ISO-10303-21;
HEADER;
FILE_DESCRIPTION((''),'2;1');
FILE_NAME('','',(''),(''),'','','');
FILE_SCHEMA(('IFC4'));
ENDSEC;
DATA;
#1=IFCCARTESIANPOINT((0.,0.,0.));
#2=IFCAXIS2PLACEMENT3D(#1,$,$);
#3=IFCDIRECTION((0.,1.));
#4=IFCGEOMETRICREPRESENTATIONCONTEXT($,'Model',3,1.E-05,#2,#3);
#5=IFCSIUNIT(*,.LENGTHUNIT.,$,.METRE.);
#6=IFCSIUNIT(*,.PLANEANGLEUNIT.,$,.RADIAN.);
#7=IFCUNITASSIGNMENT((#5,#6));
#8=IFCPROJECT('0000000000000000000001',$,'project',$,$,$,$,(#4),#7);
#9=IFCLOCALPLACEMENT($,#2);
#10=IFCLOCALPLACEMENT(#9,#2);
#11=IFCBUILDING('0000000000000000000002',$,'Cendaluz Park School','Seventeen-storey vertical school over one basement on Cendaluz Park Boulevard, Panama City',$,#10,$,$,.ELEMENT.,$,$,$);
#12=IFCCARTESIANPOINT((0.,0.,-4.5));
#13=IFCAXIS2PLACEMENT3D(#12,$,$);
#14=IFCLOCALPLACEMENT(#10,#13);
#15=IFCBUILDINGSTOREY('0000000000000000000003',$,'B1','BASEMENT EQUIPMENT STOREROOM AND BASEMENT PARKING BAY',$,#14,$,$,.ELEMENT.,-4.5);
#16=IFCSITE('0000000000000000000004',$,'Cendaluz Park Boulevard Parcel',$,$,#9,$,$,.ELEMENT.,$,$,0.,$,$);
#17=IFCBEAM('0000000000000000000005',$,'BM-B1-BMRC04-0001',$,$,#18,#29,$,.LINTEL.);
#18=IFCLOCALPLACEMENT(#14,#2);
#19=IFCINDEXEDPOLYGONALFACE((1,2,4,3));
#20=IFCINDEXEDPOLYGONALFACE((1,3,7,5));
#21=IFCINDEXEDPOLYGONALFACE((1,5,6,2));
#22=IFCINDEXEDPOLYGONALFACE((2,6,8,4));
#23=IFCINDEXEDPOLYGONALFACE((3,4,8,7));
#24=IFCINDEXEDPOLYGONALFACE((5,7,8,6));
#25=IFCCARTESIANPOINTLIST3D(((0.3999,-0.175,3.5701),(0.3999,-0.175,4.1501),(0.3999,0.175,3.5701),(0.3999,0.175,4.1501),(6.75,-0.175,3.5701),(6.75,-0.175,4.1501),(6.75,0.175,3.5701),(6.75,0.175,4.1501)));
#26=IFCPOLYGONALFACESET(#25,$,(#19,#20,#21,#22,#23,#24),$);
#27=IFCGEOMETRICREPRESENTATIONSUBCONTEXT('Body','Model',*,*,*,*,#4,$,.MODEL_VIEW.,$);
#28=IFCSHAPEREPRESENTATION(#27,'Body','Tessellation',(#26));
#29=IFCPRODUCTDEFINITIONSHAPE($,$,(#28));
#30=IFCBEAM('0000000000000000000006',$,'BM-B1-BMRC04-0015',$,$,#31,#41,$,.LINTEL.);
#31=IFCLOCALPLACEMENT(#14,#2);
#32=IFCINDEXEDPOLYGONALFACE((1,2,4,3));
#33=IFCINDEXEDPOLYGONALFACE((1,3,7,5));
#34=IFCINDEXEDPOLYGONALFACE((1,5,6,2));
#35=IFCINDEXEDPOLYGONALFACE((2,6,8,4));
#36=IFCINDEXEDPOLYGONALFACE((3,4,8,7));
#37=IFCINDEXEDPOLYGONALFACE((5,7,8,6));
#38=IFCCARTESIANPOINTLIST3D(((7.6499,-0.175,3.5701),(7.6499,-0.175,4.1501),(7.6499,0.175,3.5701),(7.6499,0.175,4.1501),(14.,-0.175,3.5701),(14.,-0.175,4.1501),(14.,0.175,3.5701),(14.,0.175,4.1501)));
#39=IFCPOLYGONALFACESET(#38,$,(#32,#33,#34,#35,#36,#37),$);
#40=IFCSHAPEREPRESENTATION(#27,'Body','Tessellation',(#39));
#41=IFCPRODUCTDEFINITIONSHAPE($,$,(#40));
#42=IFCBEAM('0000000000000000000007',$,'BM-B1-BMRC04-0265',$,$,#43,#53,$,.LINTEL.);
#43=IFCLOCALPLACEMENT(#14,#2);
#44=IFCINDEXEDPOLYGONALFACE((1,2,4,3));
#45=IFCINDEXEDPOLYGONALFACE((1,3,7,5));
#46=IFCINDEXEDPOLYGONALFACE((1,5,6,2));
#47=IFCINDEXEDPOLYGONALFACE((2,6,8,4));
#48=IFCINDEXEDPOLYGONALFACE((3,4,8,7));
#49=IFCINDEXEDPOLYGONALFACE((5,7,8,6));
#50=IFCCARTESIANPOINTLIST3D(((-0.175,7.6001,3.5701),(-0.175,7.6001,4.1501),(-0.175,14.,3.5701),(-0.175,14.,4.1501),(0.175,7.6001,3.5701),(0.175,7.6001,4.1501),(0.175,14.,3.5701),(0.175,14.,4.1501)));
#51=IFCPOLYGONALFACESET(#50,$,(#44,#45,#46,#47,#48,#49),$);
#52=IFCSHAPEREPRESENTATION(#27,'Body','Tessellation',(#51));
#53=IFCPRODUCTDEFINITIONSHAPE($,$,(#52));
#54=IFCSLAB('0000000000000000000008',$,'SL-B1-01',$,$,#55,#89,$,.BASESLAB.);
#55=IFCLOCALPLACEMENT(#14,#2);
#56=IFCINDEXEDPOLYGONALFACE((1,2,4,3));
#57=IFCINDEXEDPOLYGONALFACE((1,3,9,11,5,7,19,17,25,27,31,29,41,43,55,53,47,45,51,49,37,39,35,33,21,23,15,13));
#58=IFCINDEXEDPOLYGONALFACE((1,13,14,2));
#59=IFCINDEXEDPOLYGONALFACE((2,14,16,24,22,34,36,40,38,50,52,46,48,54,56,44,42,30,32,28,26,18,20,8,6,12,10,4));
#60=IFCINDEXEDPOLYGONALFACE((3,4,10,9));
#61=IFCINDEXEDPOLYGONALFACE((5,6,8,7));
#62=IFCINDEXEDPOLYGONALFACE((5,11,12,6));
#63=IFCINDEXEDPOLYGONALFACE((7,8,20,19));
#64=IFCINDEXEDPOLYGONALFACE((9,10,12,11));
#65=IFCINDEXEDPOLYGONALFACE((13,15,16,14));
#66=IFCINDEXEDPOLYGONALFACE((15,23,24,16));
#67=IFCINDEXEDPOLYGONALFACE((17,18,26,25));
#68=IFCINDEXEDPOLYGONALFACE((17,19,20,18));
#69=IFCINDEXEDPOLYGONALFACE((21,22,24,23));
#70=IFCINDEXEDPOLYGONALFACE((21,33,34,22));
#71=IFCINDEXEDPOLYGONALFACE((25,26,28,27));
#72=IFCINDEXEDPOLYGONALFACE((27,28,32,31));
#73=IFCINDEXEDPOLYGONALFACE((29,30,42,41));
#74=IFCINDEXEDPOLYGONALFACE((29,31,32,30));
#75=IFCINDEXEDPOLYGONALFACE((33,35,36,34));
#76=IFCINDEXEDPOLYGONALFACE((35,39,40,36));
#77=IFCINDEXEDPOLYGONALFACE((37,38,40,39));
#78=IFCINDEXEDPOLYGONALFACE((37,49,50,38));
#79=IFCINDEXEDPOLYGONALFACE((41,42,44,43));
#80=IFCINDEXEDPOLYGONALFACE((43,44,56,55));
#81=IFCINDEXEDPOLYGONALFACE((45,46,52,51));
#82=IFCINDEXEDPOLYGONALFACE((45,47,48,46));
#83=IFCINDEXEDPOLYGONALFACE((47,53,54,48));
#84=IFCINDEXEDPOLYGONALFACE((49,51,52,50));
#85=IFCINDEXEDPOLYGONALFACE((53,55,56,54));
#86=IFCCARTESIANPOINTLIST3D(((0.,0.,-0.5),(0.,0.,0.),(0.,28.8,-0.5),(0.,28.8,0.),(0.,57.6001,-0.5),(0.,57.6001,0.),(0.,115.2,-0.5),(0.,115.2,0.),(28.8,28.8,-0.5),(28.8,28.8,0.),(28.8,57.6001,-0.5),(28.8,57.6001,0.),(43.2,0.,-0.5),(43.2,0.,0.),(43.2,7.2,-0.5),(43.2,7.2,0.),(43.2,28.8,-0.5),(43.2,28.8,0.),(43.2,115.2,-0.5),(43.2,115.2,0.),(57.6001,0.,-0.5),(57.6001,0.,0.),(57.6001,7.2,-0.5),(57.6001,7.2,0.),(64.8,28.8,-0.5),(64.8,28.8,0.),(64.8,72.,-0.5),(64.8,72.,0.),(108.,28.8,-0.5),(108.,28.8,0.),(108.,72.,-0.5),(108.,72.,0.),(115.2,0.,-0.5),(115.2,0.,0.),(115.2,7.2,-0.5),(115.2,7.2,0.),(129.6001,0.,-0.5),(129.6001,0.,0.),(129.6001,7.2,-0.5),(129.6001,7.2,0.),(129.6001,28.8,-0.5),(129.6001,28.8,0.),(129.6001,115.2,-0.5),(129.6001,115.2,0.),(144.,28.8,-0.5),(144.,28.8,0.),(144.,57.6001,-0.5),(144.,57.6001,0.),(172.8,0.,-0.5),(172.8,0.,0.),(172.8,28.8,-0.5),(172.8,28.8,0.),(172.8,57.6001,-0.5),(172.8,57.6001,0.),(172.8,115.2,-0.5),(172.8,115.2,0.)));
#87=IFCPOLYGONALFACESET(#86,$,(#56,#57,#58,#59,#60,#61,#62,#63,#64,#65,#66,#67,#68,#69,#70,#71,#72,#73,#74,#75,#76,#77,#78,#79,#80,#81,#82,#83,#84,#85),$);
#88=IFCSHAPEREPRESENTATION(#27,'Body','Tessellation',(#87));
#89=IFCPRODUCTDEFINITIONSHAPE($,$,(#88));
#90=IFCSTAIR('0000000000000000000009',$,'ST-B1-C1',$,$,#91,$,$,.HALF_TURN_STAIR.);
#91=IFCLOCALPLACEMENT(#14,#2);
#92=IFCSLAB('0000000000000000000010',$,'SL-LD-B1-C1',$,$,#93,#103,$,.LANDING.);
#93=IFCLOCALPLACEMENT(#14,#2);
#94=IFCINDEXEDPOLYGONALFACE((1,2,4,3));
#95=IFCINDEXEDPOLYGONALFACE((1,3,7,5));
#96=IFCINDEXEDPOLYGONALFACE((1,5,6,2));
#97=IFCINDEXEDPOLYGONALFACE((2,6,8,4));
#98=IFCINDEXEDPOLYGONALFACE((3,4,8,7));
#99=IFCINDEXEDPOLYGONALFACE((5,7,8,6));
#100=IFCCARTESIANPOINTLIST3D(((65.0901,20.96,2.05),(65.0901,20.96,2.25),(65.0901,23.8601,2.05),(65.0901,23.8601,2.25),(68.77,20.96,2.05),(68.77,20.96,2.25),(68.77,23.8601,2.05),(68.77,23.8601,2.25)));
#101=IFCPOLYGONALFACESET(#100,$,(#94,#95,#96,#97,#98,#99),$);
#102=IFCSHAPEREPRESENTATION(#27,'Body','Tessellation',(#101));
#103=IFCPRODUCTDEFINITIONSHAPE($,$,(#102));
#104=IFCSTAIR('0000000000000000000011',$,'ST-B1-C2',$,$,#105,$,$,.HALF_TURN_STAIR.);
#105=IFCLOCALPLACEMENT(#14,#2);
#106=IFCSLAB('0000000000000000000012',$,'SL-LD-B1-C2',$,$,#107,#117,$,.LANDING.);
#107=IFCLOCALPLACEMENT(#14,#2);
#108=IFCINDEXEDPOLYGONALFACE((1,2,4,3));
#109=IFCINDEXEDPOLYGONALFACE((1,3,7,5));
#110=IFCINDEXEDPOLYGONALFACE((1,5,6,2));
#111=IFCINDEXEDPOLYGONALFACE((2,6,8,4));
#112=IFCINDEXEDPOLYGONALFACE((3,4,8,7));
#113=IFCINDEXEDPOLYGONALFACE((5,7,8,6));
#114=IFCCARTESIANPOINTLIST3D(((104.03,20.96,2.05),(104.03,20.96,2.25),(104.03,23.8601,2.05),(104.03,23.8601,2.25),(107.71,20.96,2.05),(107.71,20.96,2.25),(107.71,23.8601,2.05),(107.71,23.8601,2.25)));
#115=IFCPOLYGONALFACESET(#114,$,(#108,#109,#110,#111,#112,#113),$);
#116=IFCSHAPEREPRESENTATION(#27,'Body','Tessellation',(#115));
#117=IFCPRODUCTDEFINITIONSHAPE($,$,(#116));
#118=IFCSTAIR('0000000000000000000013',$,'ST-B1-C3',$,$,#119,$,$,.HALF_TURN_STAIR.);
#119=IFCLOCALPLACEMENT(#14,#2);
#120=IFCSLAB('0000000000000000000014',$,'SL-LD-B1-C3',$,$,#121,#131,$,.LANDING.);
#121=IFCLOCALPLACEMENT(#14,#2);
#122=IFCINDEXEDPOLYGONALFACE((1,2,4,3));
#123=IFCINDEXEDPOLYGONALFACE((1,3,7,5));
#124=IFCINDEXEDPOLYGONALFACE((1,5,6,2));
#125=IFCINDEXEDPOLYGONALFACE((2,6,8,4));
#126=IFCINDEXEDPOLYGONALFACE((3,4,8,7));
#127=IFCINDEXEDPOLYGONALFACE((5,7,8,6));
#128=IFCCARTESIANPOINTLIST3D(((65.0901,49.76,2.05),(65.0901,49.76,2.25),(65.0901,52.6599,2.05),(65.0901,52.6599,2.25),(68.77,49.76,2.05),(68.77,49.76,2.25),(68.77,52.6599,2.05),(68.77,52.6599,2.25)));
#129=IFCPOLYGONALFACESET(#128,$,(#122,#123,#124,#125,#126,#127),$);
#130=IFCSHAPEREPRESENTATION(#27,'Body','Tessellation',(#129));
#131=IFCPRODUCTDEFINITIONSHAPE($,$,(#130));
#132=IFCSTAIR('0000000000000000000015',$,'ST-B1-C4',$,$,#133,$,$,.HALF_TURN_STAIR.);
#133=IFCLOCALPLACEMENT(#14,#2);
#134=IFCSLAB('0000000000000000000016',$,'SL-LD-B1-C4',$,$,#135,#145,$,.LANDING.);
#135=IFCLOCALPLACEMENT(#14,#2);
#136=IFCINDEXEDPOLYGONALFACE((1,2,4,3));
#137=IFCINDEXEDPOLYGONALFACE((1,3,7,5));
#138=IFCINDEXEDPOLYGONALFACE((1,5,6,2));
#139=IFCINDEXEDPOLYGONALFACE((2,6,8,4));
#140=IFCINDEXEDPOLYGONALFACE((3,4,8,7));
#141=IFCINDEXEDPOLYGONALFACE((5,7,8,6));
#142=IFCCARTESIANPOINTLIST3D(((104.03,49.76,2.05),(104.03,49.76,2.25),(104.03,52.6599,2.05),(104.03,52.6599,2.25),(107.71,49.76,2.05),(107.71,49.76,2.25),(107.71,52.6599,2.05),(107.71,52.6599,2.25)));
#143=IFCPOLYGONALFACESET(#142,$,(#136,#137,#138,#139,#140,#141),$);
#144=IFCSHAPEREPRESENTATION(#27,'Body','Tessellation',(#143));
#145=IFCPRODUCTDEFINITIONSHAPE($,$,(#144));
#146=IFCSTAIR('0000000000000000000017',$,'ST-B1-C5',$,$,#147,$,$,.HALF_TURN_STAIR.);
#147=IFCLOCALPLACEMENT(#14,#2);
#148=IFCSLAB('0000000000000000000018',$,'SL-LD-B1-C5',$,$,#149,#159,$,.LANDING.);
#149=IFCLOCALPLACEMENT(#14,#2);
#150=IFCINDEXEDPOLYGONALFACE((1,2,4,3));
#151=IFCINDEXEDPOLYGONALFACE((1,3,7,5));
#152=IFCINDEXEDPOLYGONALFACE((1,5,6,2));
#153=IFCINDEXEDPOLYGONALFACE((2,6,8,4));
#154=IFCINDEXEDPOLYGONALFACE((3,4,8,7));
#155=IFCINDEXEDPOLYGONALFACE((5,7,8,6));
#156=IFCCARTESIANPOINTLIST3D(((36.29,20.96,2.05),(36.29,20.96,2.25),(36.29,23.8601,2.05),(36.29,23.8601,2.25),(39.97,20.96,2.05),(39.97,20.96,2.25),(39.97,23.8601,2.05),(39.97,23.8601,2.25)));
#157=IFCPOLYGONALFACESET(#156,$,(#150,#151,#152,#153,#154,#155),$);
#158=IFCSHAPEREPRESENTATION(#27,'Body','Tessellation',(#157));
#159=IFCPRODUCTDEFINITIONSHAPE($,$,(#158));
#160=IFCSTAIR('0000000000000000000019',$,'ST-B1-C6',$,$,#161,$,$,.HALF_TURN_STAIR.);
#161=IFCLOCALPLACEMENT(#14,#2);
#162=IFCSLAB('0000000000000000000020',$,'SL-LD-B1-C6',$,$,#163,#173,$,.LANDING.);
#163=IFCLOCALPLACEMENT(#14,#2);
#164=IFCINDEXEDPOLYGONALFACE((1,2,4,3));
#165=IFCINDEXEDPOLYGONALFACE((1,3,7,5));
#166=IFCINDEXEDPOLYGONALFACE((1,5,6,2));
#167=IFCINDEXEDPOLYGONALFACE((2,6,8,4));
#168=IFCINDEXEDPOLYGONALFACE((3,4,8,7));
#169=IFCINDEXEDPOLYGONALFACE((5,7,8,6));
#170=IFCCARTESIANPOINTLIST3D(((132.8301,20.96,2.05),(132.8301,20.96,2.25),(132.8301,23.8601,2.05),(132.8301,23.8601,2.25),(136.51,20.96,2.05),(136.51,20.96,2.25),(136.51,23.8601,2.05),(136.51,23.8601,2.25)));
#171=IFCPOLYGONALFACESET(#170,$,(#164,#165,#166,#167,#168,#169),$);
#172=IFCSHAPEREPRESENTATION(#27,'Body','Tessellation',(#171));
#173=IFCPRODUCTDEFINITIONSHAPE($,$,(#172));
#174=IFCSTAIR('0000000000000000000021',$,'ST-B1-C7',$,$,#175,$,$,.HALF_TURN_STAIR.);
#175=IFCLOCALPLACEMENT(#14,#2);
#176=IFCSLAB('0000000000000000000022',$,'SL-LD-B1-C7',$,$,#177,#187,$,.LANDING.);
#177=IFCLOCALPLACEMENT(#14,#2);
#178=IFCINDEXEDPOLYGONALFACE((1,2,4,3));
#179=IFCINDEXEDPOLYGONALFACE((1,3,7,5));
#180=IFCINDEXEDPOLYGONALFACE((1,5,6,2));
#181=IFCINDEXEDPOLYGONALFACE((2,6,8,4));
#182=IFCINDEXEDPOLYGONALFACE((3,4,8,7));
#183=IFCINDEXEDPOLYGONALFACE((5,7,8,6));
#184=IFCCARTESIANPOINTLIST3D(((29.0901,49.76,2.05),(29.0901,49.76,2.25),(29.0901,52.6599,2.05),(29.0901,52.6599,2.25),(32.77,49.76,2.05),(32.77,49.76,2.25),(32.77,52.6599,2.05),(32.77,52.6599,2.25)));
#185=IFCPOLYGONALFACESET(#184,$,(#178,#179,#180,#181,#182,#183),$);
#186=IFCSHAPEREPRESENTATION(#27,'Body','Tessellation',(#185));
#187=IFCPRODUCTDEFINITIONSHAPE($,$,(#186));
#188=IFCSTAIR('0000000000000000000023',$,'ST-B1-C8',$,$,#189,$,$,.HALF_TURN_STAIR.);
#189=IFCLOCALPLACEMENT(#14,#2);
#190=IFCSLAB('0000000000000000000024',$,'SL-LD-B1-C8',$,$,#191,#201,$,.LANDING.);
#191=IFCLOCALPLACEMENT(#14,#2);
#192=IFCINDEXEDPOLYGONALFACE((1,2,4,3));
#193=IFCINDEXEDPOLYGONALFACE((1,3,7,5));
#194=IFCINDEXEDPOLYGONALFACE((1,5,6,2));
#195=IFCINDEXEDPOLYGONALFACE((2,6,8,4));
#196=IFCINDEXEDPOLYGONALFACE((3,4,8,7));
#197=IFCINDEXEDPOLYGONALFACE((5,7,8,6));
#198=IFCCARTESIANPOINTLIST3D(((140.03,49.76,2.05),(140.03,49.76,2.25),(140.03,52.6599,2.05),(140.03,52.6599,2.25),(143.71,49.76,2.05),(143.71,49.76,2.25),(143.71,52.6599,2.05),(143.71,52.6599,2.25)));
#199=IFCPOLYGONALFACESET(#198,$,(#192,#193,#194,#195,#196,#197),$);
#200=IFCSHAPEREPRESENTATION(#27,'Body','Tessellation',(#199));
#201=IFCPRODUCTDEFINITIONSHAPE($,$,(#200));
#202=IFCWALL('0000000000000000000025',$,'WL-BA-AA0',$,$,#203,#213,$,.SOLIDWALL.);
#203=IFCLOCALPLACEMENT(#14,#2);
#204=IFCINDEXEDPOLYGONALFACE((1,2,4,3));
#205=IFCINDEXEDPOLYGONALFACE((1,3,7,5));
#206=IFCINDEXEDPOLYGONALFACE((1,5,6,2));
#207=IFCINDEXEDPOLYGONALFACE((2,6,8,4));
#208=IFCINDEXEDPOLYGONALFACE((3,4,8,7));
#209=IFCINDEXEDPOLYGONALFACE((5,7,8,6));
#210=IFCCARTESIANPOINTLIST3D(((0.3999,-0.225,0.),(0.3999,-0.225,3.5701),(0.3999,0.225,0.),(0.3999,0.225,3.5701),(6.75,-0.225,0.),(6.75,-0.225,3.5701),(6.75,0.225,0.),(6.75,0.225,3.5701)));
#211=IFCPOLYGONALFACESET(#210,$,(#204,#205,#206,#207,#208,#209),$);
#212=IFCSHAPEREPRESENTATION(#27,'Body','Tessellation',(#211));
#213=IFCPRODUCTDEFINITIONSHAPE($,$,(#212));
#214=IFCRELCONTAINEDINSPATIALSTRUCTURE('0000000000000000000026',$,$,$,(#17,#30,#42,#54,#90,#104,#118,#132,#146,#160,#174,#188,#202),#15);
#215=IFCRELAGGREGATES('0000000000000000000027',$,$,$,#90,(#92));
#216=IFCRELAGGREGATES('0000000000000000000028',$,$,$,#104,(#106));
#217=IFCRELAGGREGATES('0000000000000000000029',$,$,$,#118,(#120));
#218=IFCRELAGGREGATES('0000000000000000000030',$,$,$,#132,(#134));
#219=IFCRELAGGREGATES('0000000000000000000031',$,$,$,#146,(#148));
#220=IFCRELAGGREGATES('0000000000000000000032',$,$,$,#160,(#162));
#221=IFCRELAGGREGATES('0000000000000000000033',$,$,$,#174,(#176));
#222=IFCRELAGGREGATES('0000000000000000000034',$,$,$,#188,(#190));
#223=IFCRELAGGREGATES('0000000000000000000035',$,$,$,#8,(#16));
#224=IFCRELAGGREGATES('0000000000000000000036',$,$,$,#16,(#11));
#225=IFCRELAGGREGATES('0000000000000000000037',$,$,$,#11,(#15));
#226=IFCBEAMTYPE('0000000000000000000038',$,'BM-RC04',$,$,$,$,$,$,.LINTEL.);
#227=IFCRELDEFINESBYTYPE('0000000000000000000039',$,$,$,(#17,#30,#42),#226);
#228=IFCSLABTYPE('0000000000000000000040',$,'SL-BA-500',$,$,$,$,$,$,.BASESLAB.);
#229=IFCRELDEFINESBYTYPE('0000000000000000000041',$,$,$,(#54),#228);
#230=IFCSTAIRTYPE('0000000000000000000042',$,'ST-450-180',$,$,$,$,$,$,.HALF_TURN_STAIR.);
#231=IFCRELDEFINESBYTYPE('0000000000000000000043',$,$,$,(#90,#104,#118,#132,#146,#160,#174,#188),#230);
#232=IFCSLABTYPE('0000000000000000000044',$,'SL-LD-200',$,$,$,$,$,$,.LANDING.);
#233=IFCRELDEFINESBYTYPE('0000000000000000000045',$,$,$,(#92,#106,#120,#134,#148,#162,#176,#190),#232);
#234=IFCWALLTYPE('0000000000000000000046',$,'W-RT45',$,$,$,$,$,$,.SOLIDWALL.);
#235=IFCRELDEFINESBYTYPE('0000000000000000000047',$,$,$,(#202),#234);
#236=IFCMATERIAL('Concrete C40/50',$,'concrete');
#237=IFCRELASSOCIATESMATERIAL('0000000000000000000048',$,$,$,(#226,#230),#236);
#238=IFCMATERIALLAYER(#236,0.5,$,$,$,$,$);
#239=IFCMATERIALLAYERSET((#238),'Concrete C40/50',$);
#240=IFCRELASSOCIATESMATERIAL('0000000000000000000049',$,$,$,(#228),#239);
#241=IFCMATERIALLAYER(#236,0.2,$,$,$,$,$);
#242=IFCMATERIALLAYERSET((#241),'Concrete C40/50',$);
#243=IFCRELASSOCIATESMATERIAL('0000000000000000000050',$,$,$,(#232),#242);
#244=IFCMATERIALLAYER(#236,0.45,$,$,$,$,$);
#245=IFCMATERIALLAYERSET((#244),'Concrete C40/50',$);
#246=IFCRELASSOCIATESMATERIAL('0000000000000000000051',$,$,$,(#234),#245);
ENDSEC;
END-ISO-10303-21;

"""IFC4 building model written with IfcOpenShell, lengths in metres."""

from ifc_helpers import new_model, si_unit, direction, frame, frame_2d, origin, origin_2d, place, context, subcontext, project, spatial, polyline, rectangle, outline, extrude, material, layer, layer_set, material_profile, profile_set, type_object, element, aggregate, save


model = new_model("IFC4")

# Units and contexts
model_context = context("Model", 3, precision=1e-05, world=origin(), true_north=direction((0.0, 1.0)))
body_context = subcontext(model_context, "Body", "Model", "MODEL_VIEW")
ifc_project = project(units=[si_unit("LENGTHUNIT", "METRE"), si_unit("PLANEANGLEUNIT", "RADIAN")], contexts=[model_context])

# Site, building, storey
site_placement = place(None, origin())
site = spatial("IfcSite", under=ifc_project, at=site_placement, Name="Cendaluz Park Boulevard Parcel", CompositionType="ELEMENT", RefElevation=0.0)
building_placement = place(site_placement, origin())
building = spatial("IfcBuilding", under=site, at=building_placement, Name="Cendaluz Park School", Description="Seventeen-storey vertical school over one basement on Cendaluz Park Boulevard, Panama City", CompositionType="ELEMENT")
storey_placement = place(building_placement, frame((0.0, 0.0, -4.5)))
storey = spatial("IfcBuildingStorey", under=building, at=storey_placement, Name="B1", Description="BASEMENT EQUIPMENT STOREROOM AND BASEMENT PARKING BAY", CompositionType="ELEMENT", Elevation=-4.5)

# Shared definitions
ifc_material = material(Name="Concrete C40/50", Category="concrete")

# Beams
ifc_material_profile_1 = material_profile(ifc_material, rectangle(XDim=0.3501, YDim=0.5801, at=origin_2d()), Name="RC 350x580", Category="concrete")
ifc_profile_set_1 = profile_set([ifc_material_profile_1], Name="Concrete C40/50")
beam_type_1 = type_object("IfcBeamType", Name="BM-RC04", PredefinedType="LINTEL", material=ifc_profile_set_1)
for number, where, z_axis, x_axis, name in (
    (1, (0.3999, 0.0, 3.8601), (1.0, 0.0, 0.0), (0.0, 1.0, 0.0), "BM-B1-BMRC04-0001"),
    (2, (7.6499, 0.0, 3.8601), (1.0, 0.0, 0.0), (0.0, 1.0, 0.0), "BM-B1-BMRC04-0015"),
):
    element("IfcBeam", number, at=place(storey_placement, frame(where, z_axis=z_axis, x_axis=x_axis)), inside=storey, type_object=beam_type_1, Name=name, PredefinedType="LINTEL", context=body_context, shape_type="SweptSolid", body=[
        extrude(rectangle(XDim=0.3501, YDim=0.5801, at=origin_2d()), origin(), (0.0, 0.0, 1.0), 6.3501),
    ])
beam_1_placement = place(storey_placement, frame((0.0, 7.6001, 3.8601), z_axis=(0.0, 1.0, 0.0), x_axis=(-1.0, 0.0, 0.0)))
element("IfcBeam", 3, at=beam_1_placement, inside=storey, type_object=beam_type_1, Name="BM-B1-BMRC04-0265", PredefinedType="LINTEL", context=body_context, shape_type="SweptSolid", body=[
    extrude(rectangle(XDim=0.3501, YDim=0.5801, at=origin_2d()), origin(), (0.0, 0.0, 1.0), 6.3999),
])

# Slab
ifc_layer_1 = layer(ifc_material, 0.5)
ifc_layer_set_1 = layer_set([ifc_layer_1], Name="Concrete C40/50")
slab_type_1 = type_object("IfcSlabType", Name="SL-BA-500", PredefinedType="BASESLAB", material=ifc_layer_set_1)
slab_1_placement = place(storey_placement, frame((0.0, 0.0, -0.5)))
element("IfcSlab", 4, at=slab_1_placement, inside=storey, type_object=slab_type_1, Name="SL-B1-01", PredefinedType="BASESLAB", context=body_context, shape_type="SweptSolid", body=[
    extrude(outline(polyline([(28.8, 28.8), (28.8, 57.6001), (0.0, 57.6001), (0.0, 115.2), (43.2, 115.2), (43.2, 28.8), (64.8, 28.8), (64.8, 72.0), (108.0, 72.0), (108.0, 28.8), (129.6001, 28.8), (129.6001, 115.2), (172.8, 115.2), (172.8, 57.6001), (144.0, 57.6001), (144.0, 28.8), (172.8, 28.8), (172.8, 0.0), (129.6001, 0.0), (129.6001, 7.2), (115.2, 7.2), (115.2, 0.0), (57.6001, 0.0), (57.6001, 7.2), (43.2, 7.2), (43.2, 0.0), (0.0, 0.0), (0.0, 28.8), (28.8, 28.8)])), origin(), (0.0, 0.0, 1.0), 0.5),
])

# Stairs, slabs
stair_type = type_object("IfcStairType", Name="ST-450-180", PredefinedType="HALF_TURN_STAIR", material=ifc_material)
stair_1_placement = place(storey_placement, origin())
stair_1 = element("IfcStair", 5, at=stair_1_placement, inside=storey, type_object=stair_type, Name="ST-B1-C1", PredefinedType="HALF_TURN_STAIR")
ifc_layer_2 = layer(ifc_material, 0.2)
ifc_layer_set_2 = layer_set([ifc_layer_2], Name="Concrete C40/50")
slab_type_2 = type_object("IfcSlabType", Name="SL-LD-200", PredefinedType="LANDING", material=ifc_layer_set_2)
slab_2_placement = place(storey_placement, frame((0.0, 0.0, 2.05)))
slab_2 = element("IfcSlab", 6, at=slab_2_placement, type_object=slab_type_2, Name="SL-LD-B1-C1", PredefinedType="LANDING", context=body_context, shape_type="SweptSolid", body=[
    extrude(outline(polyline([(65.0901, 20.96), (68.77, 20.96), (68.77, 23.8601), (65.0901, 23.8601), (65.0901, 20.96)])), origin(), (0.0, 0.0, 1.0), 0.2),
])
aggregate(stair_1, [slab_2])
stair_2_placement = place(storey_placement, origin())
stair_2 = element("IfcStair", 7, at=stair_2_placement, inside=storey, type_object=stair_type, Name="ST-B1-C2", PredefinedType="HALF_TURN_STAIR")
slab_3_placement = place(storey_placement, frame((0.0, 0.0, 2.05)))
slab_3 = element("IfcSlab", 8, at=slab_3_placement, type_object=slab_type_2, Name="SL-LD-B1-C2", PredefinedType="LANDING", context=body_context, shape_type="SweptSolid", body=[
    extrude(outline(polyline([(104.03, 20.96), (107.71, 20.96), (107.71, 23.8601), (104.03, 23.8601), (104.03, 20.96)])), origin(), (0.0, 0.0, 1.0), 0.2),
])
aggregate(stair_2, [slab_3])
stair_3_placement = place(storey_placement, origin())
stair_3 = element("IfcStair", 9, at=stair_3_placement, inside=storey, type_object=stair_type, Name="ST-B1-C3", PredefinedType="HALF_TURN_STAIR")
slab_4_placement = place(storey_placement, frame((0.0, 0.0, 2.05)))
slab_4 = element("IfcSlab", 10, at=slab_4_placement, type_object=slab_type_2, Name="SL-LD-B1-C3", PredefinedType="LANDING", context=body_context, shape_type="SweptSolid", body=[
    extrude(outline(polyline([(65.0901, 49.76), (68.77, 49.76), (68.77, 52.6599), (65.0901, 52.6599), (65.0901, 49.76)])), origin(), (0.0, 0.0, 1.0), 0.2),
])
aggregate(stair_3, [slab_4])
stair_4_placement = place(storey_placement, origin())
stair_4 = element("IfcStair", 11, at=stair_4_placement, inside=storey, type_object=stair_type, Name="ST-B1-C4", PredefinedType="HALF_TURN_STAIR")
slab_5_placement = place(storey_placement, frame((0.0, 0.0, 2.05)))
slab_5 = element("IfcSlab", 12, at=slab_5_placement, type_object=slab_type_2, Name="SL-LD-B1-C4", PredefinedType="LANDING", context=body_context, shape_type="SweptSolid", body=[
    extrude(outline(polyline([(104.03, 49.76), (107.71, 49.76), (107.71, 52.6599), (104.03, 52.6599), (104.03, 49.76)])), origin(), (0.0, 0.0, 1.0), 0.2),
])
aggregate(stair_4, [slab_5])
stair_5_placement = place(storey_placement, origin())
stair_5 = element("IfcStair", 13, at=stair_5_placement, inside=storey, type_object=stair_type, Name="ST-B1-C5", PredefinedType="HALF_TURN_STAIR")
slab_6_placement = place(storey_placement, frame((0.0, 0.0, 2.05)))
slab_6 = element("IfcSlab", 14, at=slab_6_placement, type_object=slab_type_2, Name="SL-LD-B1-C5", PredefinedType="LANDING", context=body_context, shape_type="SweptSolid", body=[
    extrude(outline(polyline([(36.29, 20.96), (39.97, 20.96), (39.97, 23.8601), (36.29, 23.8601), (36.29, 20.96)])), origin(), (0.0, 0.0, 1.0), 0.2),
])
aggregate(stair_5, [slab_6])
stair_6_placement = place(storey_placement, origin())
stair_6 = element("IfcStair", 15, at=stair_6_placement, inside=storey, type_object=stair_type, Name="ST-B1-C6", PredefinedType="HALF_TURN_STAIR")
slab_7_placement = place(storey_placement, frame((0.0, 0.0, 2.05)))
slab_7 = element("IfcSlab", 16, at=slab_7_placement, type_object=slab_type_2, Name="SL-LD-B1-C6", PredefinedType="LANDING", context=body_context, shape_type="SweptSolid", body=[
    extrude(outline(polyline([(132.8301, 20.96), (136.51, 20.96), (136.51, 23.8601), (132.8301, 23.8601), (132.8301, 20.96)])), origin(), (0.0, 0.0, 1.0), 0.2),
])
aggregate(stair_6, [slab_7])
stair_7_placement = place(storey_placement, origin())
stair_7 = element("IfcStair", 17, at=stair_7_placement, inside=storey, type_object=stair_type, Name="ST-B1-C7", PredefinedType="HALF_TURN_STAIR")
slab_8_placement = place(storey_placement, frame((0.0, 0.0, 2.05)))
slab_8 = element("IfcSlab", 18, at=slab_8_placement, type_object=slab_type_2, Name="SL-LD-B1-C7", PredefinedType="LANDING", context=body_context, shape_type="SweptSolid", body=[
    extrude(outline(polyline([(29.0901, 49.76), (32.77, 49.76), (32.77, 52.6599), (29.0901, 52.6599), (29.0901, 49.76)])), origin(), (0.0, 0.0, 1.0), 0.2),
])
aggregate(stair_7, [slab_8])
stair_8_placement = place(storey_placement, origin())
stair_8 = element("IfcStair", 19, at=stair_8_placement, inside=storey, type_object=stair_type, Name="ST-B1-C8", PredefinedType="HALF_TURN_STAIR")
slab_9_placement = place(storey_placement, frame((0.0, 0.0, 2.05)))
slab_9 = element("IfcSlab", 20, at=slab_9_placement, type_object=slab_type_2, Name="SL-LD-B1-C8", PredefinedType="LANDING", context=body_context, shape_type="SweptSolid", body=[
    extrude(outline(polyline([(140.03, 49.76), (143.71, 49.76), (143.71, 52.6599), (140.03, 52.6599), (140.03, 49.76)])), origin(), (0.0, 0.0, 1.0), 0.2),
])
aggregate(stair_8, [slab_9])

# Wall
ifc_layer_3 = layer(ifc_material, 0.45)
ifc_layer_set_3 = layer_set([ifc_layer_3], Name="Concrete C40/50")
wall_type = type_object("IfcWallType", Name="W-RT45", PredefinedType="SOLIDWALL", material=ifc_layer_set_3)
wall_1_placement = place(storey_placement, frame((0.3999, 0.0, 0.0), z_axis=(0.0, 0.0, 1.0), x_axis=(1.0, 0.0, 0.0)))
element("IfcWall", 21, at=wall_1_placement, inside=storey, type_object=wall_type, Name="WL-BA-AA0", PredefinedType="SOLIDWALL", context=body_context, shape_type="SweptSolid", body=[
    extrude(rectangle(XDim=6.3501, YDim=0.45, at=frame_2d((3.175, 0.0))), origin(), (0.0, 0.0, 1.0), 3.5701),
])

save(model, "model.ifc")
